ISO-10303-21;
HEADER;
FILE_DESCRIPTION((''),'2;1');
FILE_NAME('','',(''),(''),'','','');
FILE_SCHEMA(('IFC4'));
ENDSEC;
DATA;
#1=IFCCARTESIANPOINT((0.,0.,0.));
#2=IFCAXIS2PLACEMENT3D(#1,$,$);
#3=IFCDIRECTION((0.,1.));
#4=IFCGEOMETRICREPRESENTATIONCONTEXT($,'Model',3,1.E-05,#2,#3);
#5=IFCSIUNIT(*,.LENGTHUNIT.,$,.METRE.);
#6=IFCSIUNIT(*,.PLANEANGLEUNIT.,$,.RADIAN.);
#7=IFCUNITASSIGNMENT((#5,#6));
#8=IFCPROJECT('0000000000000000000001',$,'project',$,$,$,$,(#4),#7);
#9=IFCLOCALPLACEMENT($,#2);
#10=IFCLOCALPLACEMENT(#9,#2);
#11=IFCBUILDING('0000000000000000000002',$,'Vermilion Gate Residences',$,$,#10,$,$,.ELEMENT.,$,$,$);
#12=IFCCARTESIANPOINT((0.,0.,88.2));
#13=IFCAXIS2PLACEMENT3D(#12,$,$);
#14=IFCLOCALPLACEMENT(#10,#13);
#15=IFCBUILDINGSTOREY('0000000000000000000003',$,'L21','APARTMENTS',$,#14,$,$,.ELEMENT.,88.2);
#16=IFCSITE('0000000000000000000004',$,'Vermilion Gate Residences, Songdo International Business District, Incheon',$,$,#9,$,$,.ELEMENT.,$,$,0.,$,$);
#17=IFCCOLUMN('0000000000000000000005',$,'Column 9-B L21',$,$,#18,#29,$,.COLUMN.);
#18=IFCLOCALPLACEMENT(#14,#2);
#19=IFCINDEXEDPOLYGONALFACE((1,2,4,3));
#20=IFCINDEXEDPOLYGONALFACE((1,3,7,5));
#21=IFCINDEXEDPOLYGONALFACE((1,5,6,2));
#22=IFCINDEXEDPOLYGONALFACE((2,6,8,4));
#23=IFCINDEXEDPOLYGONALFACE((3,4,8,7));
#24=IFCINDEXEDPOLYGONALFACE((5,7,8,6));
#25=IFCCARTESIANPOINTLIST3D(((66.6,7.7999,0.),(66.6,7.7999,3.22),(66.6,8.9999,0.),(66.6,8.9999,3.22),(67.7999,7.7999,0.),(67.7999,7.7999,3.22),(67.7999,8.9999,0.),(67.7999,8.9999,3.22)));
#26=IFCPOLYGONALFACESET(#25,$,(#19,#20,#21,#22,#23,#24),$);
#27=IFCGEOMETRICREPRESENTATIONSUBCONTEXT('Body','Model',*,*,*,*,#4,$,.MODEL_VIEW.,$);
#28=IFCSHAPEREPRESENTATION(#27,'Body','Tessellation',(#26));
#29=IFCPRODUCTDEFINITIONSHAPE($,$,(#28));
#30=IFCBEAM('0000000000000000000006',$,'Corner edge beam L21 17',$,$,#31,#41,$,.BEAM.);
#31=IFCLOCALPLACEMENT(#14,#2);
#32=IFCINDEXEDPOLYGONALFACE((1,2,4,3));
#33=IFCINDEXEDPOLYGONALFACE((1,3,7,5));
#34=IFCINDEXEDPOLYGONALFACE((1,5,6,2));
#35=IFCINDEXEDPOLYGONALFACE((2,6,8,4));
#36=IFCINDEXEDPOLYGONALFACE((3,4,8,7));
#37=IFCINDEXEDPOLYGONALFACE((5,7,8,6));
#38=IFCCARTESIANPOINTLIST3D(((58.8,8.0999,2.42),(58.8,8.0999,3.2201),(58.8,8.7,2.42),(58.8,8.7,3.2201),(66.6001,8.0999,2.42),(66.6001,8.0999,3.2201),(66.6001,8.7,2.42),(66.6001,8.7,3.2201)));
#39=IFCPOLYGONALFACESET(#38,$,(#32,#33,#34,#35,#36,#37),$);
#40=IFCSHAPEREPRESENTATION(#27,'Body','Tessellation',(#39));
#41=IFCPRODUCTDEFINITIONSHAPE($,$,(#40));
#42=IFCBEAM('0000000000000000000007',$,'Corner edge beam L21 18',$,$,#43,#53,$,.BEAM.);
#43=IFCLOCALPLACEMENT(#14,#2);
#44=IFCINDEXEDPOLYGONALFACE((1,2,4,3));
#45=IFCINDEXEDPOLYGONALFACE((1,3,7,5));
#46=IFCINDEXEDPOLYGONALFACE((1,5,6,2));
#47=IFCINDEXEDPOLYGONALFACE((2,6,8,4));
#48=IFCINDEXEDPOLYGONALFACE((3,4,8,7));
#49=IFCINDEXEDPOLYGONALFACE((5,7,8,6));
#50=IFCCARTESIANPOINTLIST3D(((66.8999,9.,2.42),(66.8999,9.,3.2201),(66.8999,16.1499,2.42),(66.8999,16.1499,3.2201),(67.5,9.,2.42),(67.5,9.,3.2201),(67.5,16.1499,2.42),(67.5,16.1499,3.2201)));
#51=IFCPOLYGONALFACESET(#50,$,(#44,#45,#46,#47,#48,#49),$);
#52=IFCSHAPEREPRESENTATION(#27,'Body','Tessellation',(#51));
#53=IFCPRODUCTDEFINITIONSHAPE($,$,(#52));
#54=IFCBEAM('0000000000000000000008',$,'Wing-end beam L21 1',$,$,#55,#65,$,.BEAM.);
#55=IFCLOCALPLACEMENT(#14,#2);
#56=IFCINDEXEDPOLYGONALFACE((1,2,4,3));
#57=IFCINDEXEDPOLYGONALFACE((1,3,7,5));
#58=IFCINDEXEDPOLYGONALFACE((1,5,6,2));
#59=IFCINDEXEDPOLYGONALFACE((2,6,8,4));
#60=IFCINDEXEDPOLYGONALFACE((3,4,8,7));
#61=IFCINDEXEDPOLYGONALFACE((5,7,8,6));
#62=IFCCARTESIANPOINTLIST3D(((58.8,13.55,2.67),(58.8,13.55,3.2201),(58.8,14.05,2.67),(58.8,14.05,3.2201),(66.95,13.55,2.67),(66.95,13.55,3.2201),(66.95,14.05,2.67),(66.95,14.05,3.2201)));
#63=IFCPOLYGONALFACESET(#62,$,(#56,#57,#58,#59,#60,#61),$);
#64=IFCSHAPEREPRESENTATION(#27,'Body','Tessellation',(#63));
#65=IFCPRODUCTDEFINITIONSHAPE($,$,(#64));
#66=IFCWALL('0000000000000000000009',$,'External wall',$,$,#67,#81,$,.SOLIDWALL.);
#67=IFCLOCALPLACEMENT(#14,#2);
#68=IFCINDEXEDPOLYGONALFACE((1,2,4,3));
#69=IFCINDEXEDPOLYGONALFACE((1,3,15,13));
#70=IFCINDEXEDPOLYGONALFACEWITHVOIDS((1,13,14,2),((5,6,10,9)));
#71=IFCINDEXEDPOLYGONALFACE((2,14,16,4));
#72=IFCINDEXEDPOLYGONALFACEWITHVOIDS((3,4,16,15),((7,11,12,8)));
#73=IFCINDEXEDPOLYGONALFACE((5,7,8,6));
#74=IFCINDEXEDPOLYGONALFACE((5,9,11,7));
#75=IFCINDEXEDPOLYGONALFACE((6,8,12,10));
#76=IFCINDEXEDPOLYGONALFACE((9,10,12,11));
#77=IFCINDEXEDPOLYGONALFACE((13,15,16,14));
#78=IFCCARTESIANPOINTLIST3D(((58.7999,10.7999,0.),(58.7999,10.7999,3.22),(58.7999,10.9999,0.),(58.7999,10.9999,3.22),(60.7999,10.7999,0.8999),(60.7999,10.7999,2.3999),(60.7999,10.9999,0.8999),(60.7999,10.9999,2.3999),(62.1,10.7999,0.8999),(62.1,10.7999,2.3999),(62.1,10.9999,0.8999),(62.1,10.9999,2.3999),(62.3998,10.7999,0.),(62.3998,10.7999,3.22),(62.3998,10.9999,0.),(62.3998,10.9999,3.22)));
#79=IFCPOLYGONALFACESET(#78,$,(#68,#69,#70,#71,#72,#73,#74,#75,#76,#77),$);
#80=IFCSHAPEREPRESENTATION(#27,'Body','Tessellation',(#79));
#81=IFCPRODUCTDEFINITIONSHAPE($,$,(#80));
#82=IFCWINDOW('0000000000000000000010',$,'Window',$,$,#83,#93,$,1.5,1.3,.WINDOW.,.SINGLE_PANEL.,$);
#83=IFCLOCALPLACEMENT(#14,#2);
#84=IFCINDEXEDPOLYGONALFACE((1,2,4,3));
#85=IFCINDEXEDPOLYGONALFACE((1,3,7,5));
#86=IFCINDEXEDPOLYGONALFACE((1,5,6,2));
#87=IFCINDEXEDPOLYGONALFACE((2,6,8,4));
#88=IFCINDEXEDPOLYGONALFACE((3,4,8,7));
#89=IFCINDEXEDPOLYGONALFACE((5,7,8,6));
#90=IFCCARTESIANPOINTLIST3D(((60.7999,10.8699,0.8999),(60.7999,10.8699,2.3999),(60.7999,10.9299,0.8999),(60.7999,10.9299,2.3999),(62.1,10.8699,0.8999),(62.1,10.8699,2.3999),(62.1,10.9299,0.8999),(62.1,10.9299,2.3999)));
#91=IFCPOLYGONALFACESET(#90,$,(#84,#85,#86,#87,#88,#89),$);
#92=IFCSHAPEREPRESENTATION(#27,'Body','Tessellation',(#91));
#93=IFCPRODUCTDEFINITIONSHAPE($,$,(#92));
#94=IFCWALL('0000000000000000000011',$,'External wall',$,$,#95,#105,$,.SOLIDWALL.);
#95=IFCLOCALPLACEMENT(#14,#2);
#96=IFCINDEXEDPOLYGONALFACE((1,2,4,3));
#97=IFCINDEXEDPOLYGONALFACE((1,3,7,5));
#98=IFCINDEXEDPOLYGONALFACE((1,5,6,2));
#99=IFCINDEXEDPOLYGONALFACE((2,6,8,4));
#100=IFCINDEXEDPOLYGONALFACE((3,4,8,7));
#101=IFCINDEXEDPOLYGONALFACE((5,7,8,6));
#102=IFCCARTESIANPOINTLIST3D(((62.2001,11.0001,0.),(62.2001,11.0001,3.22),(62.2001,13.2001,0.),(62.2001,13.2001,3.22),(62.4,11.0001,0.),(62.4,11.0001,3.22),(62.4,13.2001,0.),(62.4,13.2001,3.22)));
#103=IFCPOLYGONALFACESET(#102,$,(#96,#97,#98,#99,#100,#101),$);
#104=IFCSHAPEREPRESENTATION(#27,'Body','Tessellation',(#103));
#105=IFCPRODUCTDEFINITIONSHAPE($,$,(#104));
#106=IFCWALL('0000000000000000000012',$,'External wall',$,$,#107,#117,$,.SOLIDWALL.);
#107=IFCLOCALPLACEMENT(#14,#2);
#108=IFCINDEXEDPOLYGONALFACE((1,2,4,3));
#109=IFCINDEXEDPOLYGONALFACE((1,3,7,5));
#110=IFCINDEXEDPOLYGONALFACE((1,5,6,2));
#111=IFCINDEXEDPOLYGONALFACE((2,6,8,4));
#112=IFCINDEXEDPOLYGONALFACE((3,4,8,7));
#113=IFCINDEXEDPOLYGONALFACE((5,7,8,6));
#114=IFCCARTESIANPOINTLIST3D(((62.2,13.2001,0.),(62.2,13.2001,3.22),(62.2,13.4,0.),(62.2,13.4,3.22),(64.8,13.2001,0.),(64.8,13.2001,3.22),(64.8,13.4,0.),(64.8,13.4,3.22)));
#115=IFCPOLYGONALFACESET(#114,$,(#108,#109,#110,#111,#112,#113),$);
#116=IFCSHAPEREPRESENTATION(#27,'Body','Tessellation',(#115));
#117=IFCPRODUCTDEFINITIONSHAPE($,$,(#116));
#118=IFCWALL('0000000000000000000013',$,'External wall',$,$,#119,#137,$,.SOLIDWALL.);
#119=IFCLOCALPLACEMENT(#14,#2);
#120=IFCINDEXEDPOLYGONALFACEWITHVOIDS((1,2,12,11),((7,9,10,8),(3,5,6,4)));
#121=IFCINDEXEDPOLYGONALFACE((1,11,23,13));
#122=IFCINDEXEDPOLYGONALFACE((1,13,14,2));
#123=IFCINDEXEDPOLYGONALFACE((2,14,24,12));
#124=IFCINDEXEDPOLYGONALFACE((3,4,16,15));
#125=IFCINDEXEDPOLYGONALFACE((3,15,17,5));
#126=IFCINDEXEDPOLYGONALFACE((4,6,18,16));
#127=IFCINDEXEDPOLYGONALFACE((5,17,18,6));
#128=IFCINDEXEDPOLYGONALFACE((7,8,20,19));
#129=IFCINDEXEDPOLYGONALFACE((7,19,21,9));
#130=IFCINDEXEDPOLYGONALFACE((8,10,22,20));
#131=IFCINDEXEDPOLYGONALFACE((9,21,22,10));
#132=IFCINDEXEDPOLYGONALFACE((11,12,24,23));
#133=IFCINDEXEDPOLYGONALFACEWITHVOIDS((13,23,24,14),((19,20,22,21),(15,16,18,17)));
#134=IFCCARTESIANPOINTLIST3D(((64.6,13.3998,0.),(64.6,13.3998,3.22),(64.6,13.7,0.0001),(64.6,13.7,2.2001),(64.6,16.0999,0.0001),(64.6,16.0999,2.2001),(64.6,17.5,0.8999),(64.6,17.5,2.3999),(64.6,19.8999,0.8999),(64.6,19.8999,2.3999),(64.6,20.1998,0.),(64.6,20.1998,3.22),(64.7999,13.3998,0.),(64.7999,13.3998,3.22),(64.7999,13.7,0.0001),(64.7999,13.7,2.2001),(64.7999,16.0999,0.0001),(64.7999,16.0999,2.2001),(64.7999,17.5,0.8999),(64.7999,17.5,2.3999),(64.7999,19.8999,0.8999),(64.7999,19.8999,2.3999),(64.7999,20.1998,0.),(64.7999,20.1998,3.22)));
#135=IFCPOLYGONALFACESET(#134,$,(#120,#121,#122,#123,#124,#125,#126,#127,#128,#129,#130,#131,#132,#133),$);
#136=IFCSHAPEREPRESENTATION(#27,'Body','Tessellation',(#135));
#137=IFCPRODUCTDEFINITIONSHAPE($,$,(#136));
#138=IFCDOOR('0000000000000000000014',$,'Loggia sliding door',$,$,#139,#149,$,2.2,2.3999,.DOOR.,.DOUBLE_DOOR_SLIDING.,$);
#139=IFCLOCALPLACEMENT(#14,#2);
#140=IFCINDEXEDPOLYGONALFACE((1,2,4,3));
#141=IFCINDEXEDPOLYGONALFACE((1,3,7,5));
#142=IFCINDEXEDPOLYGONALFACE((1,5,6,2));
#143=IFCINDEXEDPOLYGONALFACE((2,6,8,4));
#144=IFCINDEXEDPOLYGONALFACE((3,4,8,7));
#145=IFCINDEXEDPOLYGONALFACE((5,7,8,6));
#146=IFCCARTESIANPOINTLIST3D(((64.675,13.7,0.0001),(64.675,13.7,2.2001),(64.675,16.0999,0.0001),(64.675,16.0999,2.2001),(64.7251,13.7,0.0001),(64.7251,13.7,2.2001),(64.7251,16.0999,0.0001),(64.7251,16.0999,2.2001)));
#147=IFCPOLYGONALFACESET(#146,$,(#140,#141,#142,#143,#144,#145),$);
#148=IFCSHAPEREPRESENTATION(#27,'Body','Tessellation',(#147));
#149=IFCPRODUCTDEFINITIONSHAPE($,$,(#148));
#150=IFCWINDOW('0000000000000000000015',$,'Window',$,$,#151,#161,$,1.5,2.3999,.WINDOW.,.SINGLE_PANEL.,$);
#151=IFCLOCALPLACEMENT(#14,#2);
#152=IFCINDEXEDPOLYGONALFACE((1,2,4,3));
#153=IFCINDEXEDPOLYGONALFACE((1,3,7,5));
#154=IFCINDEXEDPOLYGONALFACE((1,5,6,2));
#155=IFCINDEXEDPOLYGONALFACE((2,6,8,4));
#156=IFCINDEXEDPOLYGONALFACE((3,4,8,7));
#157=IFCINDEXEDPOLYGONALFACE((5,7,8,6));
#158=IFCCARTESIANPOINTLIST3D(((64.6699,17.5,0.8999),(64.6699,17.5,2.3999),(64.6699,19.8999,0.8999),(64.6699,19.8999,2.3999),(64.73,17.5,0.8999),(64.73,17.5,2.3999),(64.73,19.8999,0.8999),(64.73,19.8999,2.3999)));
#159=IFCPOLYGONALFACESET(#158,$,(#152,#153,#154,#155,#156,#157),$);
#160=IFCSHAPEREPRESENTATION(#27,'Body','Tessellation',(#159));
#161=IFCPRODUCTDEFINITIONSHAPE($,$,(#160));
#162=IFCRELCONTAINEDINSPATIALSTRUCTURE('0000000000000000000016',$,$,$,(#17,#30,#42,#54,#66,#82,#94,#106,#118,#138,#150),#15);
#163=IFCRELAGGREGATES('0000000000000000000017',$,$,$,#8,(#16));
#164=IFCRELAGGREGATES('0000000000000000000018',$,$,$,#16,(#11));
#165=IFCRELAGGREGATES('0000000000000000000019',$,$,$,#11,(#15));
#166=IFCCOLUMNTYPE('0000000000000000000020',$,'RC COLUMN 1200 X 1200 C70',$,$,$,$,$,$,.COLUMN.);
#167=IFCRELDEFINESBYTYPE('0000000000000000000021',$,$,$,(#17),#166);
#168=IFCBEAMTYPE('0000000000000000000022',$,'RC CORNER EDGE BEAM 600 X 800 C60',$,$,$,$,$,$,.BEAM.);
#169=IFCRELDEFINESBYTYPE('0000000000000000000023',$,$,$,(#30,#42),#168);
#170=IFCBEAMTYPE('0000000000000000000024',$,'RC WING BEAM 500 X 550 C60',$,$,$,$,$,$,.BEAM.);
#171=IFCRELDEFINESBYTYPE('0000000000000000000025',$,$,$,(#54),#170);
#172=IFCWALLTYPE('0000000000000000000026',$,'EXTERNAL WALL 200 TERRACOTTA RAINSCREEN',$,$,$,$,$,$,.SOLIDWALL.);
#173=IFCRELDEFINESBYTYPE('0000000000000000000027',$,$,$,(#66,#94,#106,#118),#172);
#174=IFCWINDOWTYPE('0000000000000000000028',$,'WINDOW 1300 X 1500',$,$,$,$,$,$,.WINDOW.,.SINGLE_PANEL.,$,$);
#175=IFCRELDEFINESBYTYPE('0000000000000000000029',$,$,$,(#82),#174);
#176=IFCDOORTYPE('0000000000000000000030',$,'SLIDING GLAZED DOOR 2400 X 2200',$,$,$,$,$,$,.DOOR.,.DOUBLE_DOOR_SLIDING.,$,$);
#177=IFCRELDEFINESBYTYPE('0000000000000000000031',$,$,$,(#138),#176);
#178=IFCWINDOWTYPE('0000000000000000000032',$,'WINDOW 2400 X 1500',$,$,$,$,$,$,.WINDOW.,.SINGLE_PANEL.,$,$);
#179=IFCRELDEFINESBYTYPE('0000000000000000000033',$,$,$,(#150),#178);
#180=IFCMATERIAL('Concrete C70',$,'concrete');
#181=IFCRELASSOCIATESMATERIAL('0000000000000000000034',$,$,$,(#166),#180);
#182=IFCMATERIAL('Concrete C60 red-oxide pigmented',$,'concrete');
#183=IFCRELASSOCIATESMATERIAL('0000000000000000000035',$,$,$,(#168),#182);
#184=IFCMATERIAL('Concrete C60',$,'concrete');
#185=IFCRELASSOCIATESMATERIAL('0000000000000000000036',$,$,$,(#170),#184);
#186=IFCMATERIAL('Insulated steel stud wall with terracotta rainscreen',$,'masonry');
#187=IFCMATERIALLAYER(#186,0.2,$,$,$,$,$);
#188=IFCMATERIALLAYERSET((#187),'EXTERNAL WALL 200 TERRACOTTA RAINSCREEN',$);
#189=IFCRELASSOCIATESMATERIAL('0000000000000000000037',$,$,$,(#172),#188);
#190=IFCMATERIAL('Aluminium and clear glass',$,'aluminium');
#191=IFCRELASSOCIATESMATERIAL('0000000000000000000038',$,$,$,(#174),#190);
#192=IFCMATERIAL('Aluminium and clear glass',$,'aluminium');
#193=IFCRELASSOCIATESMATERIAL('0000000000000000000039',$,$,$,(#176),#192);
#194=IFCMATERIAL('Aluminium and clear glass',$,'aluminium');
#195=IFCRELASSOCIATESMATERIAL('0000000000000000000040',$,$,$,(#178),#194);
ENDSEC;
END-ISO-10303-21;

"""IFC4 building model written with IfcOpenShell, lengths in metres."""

from ifc_helpers import new_model, si_unit, direction, frame, frame_2d, origin, origin_2d, place, context, subcontext, project, spatial, rectangle, extrude, material, layer, layer_set, material_profile, profile_set, type_object, element, fill, save


model = new_model("IFC4")

# Units and contexts
model_context = context("Model", 3, precision=1e-05, world=origin(), true_north=direction((0.0, 1.0)))
body_context = subcontext(model_context, "Body", "Model", "MODEL_VIEW")
ifc_project = project(units=[si_unit("LENGTHUNIT", "METRE"), si_unit("PLANEANGLEUNIT", "RADIAN")], contexts=[model_context])

# Site, building, storey
site_placement = place(None, origin())
site = spatial("IfcSite", under=ifc_project, at=site_placement, Name="Vermilion Gate Residences, Songdo International Business District, Incheon", CompositionType="ELEMENT", RefElevation=0.0)
building_placement = place(site_placement, origin())
building = spatial("IfcBuilding", under=site, at=building_placement, Name="Vermilion Gate Residences", CompositionType="ELEMENT")
storey_placement = place(building_placement, frame((0.0, 0.0, 88.2)))
storey = spatial("IfcBuildingStorey", under=building, at=storey_placement, Name="L21", Description="APARTMENTS", CompositionType="ELEMENT", Elevation=88.2)

# Column
ifc_material_1 = material(Name="Concrete C70", Category="concrete")
ifc_material_profile_1 = material_profile(ifc_material_1, rectangle(XDim=1.2, YDim=1.2, at=origin_2d()), Name="RC-1200x1200")
ifc_profile_set_1 = profile_set([ifc_material_profile_1], Name="Concrete C70")
column_type = type_object("IfcColumnType", Name="RC COLUMN 1200 X 1200 C70", PredefinedType="COLUMN", material=ifc_profile_set_1)
column_placement = place(storey_placement, frame((67.2, 8.3999, 0.0), z_axis=(0.0, 0.0, 1.0), x_axis=(1.0, 0.0, 0.0)))
element("IfcColumn", 1, at=column_placement, inside=storey, type_object=column_type, Name="Column 9-B L21", PredefinedType="COLUMN", context=body_context, shape_type="SweptSolid", body=[
    extrude(rectangle(XDim=1.2, YDim=1.2, at=origin_2d()), origin(), (0.0, 0.0, 1.0), 3.22),
])

# Beams
ifc_material_2 = material(Name="Concrete C60 red-oxide pigmented", Category="concrete")
ifc_material_profile_2 = material_profile(ifc_material_2, rectangle(XDim=0.6001, YDim=0.8, at=origin_2d()), Name="RC-600x800")
ifc_profile_set_2 = profile_set([ifc_material_profile_2], Name="Concrete C60 red-oxide pigmented")
beam_type_1 = type_object("IfcBeamType", Name="RC CORNER EDGE BEAM 600 X 800 C60", PredefinedType="BEAM", material=ifc_profile_set_2)
beam_1_placement = place(storey_placement, frame((58.8, 8.3999, 2.8201), z_axis=(1.0, 0.0, 0.0), x_axis=(0.0, 1.0, 0.0)))
element("IfcBeam", 2, at=beam_1_placement, inside=storey, type_object=beam_type_1, Name="Corner edge beam L21 17", PredefinedType="BEAM", context=body_context, shape_type="SweptSolid", body=[
    extrude(rectangle(XDim=0.6001, YDim=0.8, at=origin_2d()), origin(), (0.0, 0.0, 1.0), 7.8),
])
beam_2_placement = place(storey_placement, frame((67.2, 9.0, 2.8201), z_axis=(0.0, 1.0, 0.0), x_axis=(-1.0, 0.0, 0.0)))
element("IfcBeam", 3, at=beam_2_placement, inside=storey, type_object=beam_type_1, Name="Corner edge beam L21 18", PredefinedType="BEAM", context=body_context, shape_type="SweptSolid", body=[
    extrude(rectangle(XDim=0.6001, YDim=0.8, at=origin_2d()), origin(), (0.0, 0.0, 1.0), 7.1499),
])
ifc_material_3 = material(Name="Concrete C60", Category="concrete")
ifc_material_profile_3 = material_profile(ifc_material_3, rectangle(XDim=0.5, YDim=0.55, at=origin_2d()), Name="RC-500x550")
ifc_profile_set_3 = profile_set([ifc_material_profile_3], Name="Concrete C60")
beam_type_2 = type_object("IfcBeamType", Name="RC WING BEAM 500 X 550 C60", PredefinedType="BEAM", material=ifc_profile_set_3)
beam_3_placement = place(storey_placement, frame((58.8, 13.8, 2.9451), z_axis=(1.0, 0.0, 0.0), x_axis=(0.0, 1.0, 0.0)))
element("IfcBeam", 4, at=beam_3_placement, inside=storey, type_object=beam_type_2, Name="Wing-end beam L21 1", PredefinedType="BEAM", context=body_context, shape_type="SweptSolid", body=[
    extrude(rectangle(XDim=0.5, YDim=0.55, at=origin_2d()), origin(), (0.0, 0.0, 1.0), 8.1499),
])

# Wall, opening, window
ifc_material_4 = material(Name="Insulated steel stud wall with terracotta rainscreen", Category="masonry")
ifc_layer_1 = layer(ifc_material_4, 0.2)
ifc_layer_set_1 = layer_set([ifc_layer_1], Name="EXTERNAL WALL 200 TERRACOTTA RAINSCREEN")
wall_type_1 = type_object("IfcWallType", Name="EXTERNAL WALL 200 TERRACOTTA RAINSCREEN", PredefinedType="SOLIDWALL", material=ifc_layer_set_1)
wall_1_placement = place(storey_placement, frame((58.8, 10.8999, 0.0), z_axis=(0.0, 0.0, 1.0), x_axis=(1.0, 0.0, 0.0)))
wall_1 = element("IfcWall", 5, at=wall_1_placement, inside=storey, type_object=wall_type_1, Name="External wall", PredefinedType="SOLIDWALL", context=body_context, shape_type="SweptSolid", body=[
    extrude(rectangle(XDim=3.5999, YDim=0.2, at=frame_2d((1.7998, 0.0))), origin(), (0.0, 0.0, 1.0), 3.22),
])
opening_1_placement = place(wall_1_placement, frame((2.0, 0.0, 0.8999)))
opening_1 = element("IfcOpeningElement", 6, at=opening_1_placement, cuts=wall_1, PredefinedType="OPENING", context=body_context, shape_type="SweptSolid", body=[
    extrude(rectangle(XDim=1.3, YDim=1.5, at=frame_2d((0.6499, 0.75))), frame((0.0, 0.1099, 0.0), z_axis=(0.0, -1.0, 0.0), x_axis=(1.0, 0.0, 0.0)), (0.0, 0.0, 1.0), 0.22),
])
ifc_material_5 = material(Name="Aluminium and clear glass", Category="aluminium")
window_type_1 = type_object("IfcWindowType", Name="WINDOW 1300 X 1500", PartitioningType="SINGLE_PANEL", PredefinedType="WINDOW", material=ifc_material_5)
window_1_placement = place(opening_1_placement, origin())
window_1 = element("IfcWindow", 7, at=window_1_placement, inside=storey, type_object=window_type_1, Name="Window", OverallHeight=1.5, OverallWidth=1.3, PartitioningType="SINGLE_PANEL", PredefinedType="WINDOW", context=body_context, shape_type="SweptSolid", body=[
    extrude(rectangle(XDim=1.3, YDim=1.5, at=frame_2d((0.6499, 0.75))), frame((0.0, 0.03, 0.0), z_axis=(0.0, -1.0, 0.0), x_axis=(1.0, 0.0, 0.0)), (0.0, 0.0, 1.0), 0.0601),
])
fill(opening_1, window_1)

# Walls
wall_2_placement = place(storey_placement, frame((62.3, 11.0, 0.0), z_axis=(0.0, 0.0, 1.0), x_axis=(0.0, 1.0, 0.0)))
element("IfcWall", 8, at=wall_2_placement, inside=storey, type_object=wall_type_1, Name="External wall", PredefinedType="SOLIDWALL", context=body_context, shape_type="SweptSolid", body=[
    extrude(rectangle(XDim=2.2, YDim=0.2, at=frame_2d((1.1001, 0.0))), origin(), (0.0, 0.0, 1.0), 3.22),
])
wall_3_placement = place(storey_placement, frame((62.2, 13.3, 0.0), z_axis=(0.0, 0.0, 1.0), x_axis=(1.0, 0.0, 0.0)))
element("IfcWall", 9, at=wall_3_placement, inside=storey, type_object=wall_type_1, Name="External wall", PredefinedType="SOLIDWALL", context=body_context, shape_type="SweptSolid", body=[
    extrude(rectangle(XDim=2.6001, YDim=0.2, at=frame_2d((1.3, 0.0))), origin(), (0.0, 0.0, 1.0), 3.22),
])

# Wall, openings, door, window
wall_4_placement = place(storey_placement, frame((64.7, 13.3999, 0.0), z_axis=(0.0, 0.0, 1.0), x_axis=(0.0, 1.0, 0.0)))
wall_4 = element("IfcWall", 10, at=wall_4_placement, inside=storey, type_object=wall_type_1, Name="External wall", PredefinedType="SOLIDWALL", context=body_context, shape_type="SweptSolid", body=[
    extrude(rectangle(XDim=6.8, YDim=0.2, at=frame_2d((3.3999, 0.0))), origin(), (0.0, 0.0, 1.0), 3.22),
])
opening_2_placement = place(wall_4_placement, frame((4.1001, 0.0, 0.8999)))
opening_2 = element("IfcOpeningElement", 11, at=opening_2_placement, cuts=wall_4, PredefinedType="OPENING", context=body_context, shape_type="SweptSolid", body=[
    extrude(rectangle(XDim=2.3999, YDim=1.5, at=frame_2d((1.2, 0.75))), frame((0.0, 0.1099, 0.0), z_axis=(0.0, -1.0, 0.0), x_axis=(1.0, 0.0, 0.0)), (0.0, 0.0, 1.0), 0.22),
])
opening_3_placement = place(wall_4_placement, frame((0.3, 0.0, 0.0)))
opening_3 = element("IfcOpeningElement", 12, at=opening_3_placement, cuts=wall_4, PredefinedType="OPENING", context=body_context, shape_type="SweptSolid", body=[
    extrude(rectangle(XDim=2.3999, YDim=2.2, at=frame_2d((1.2, 1.1001))), frame((0.0, 0.1099, 0.0), z_axis=(0.0, -1.0, 0.0), x_axis=(1.0, 0.0, 0.0)), (0.0, 0.0, 1.0), 0.22),
])
ifc_material_6 = material(Name="Aluminium and clear glass", Category="aluminium")
door_type_1 = type_object("IfcDoorType", Name="SLIDING GLAZED DOOR 2400 X 2200", OperationType="DOUBLE_DOOR_SLIDING", PredefinedType="DOOR", material=ifc_material_6)
door_1_placement = place(opening_3_placement, origin())
door_1 = element("IfcDoor", 13, at=door_1_placement, inside=storey, type_object=door_type_1, Name="Loggia sliding door", OperationType="DOUBLE_DOOR_SLIDING", OverallHeight=2.2, OverallWidth=2.3999, PredefinedType="DOOR", context=body_context, shape_type="SweptSolid", body=[
    extrude(rectangle(XDim=2.3999, YDim=2.2, at=frame_2d((1.2, 1.1001))), frame((0.0, 0.0249, 0.0), z_axis=(0.0, -1.0, 0.0), x_axis=(1.0, 0.0, 0.0)), (0.0, 0.0, 1.0), 0.05),
])
fill(opening_3, door_1)
ifc_material_7 = material(Name="Aluminium and clear glass", Category="aluminium")
window_type_2 = type_object("IfcWindowType", Name="WINDOW 2400 X 1500", PartitioningType="SINGLE_PANEL", PredefinedType="WINDOW", material=ifc_material_7)
window_2_placement = place(opening_2_placement, origin())
window_2 = element("IfcWindow", 14, at=window_2_placement, inside=storey, type_object=window_type_2, Name="Window", OverallHeight=1.5, OverallWidth=2.3999, PartitioningType="SINGLE_PANEL", PredefinedType="WINDOW", context=body_context, shape_type="SweptSolid", body=[
    extrude(rectangle(XDim=2.3999, YDim=1.5, at=frame_2d((1.2, 0.75))), frame((0.0, 0.03, 0.0), z_axis=(0.0, -1.0, 0.0), x_axis=(1.0, 0.0, 0.0)), (0.0, 0.0, 1.0), 0.0601),
])
fill(opening_2, window_2)

save(model, "model.ifc")
